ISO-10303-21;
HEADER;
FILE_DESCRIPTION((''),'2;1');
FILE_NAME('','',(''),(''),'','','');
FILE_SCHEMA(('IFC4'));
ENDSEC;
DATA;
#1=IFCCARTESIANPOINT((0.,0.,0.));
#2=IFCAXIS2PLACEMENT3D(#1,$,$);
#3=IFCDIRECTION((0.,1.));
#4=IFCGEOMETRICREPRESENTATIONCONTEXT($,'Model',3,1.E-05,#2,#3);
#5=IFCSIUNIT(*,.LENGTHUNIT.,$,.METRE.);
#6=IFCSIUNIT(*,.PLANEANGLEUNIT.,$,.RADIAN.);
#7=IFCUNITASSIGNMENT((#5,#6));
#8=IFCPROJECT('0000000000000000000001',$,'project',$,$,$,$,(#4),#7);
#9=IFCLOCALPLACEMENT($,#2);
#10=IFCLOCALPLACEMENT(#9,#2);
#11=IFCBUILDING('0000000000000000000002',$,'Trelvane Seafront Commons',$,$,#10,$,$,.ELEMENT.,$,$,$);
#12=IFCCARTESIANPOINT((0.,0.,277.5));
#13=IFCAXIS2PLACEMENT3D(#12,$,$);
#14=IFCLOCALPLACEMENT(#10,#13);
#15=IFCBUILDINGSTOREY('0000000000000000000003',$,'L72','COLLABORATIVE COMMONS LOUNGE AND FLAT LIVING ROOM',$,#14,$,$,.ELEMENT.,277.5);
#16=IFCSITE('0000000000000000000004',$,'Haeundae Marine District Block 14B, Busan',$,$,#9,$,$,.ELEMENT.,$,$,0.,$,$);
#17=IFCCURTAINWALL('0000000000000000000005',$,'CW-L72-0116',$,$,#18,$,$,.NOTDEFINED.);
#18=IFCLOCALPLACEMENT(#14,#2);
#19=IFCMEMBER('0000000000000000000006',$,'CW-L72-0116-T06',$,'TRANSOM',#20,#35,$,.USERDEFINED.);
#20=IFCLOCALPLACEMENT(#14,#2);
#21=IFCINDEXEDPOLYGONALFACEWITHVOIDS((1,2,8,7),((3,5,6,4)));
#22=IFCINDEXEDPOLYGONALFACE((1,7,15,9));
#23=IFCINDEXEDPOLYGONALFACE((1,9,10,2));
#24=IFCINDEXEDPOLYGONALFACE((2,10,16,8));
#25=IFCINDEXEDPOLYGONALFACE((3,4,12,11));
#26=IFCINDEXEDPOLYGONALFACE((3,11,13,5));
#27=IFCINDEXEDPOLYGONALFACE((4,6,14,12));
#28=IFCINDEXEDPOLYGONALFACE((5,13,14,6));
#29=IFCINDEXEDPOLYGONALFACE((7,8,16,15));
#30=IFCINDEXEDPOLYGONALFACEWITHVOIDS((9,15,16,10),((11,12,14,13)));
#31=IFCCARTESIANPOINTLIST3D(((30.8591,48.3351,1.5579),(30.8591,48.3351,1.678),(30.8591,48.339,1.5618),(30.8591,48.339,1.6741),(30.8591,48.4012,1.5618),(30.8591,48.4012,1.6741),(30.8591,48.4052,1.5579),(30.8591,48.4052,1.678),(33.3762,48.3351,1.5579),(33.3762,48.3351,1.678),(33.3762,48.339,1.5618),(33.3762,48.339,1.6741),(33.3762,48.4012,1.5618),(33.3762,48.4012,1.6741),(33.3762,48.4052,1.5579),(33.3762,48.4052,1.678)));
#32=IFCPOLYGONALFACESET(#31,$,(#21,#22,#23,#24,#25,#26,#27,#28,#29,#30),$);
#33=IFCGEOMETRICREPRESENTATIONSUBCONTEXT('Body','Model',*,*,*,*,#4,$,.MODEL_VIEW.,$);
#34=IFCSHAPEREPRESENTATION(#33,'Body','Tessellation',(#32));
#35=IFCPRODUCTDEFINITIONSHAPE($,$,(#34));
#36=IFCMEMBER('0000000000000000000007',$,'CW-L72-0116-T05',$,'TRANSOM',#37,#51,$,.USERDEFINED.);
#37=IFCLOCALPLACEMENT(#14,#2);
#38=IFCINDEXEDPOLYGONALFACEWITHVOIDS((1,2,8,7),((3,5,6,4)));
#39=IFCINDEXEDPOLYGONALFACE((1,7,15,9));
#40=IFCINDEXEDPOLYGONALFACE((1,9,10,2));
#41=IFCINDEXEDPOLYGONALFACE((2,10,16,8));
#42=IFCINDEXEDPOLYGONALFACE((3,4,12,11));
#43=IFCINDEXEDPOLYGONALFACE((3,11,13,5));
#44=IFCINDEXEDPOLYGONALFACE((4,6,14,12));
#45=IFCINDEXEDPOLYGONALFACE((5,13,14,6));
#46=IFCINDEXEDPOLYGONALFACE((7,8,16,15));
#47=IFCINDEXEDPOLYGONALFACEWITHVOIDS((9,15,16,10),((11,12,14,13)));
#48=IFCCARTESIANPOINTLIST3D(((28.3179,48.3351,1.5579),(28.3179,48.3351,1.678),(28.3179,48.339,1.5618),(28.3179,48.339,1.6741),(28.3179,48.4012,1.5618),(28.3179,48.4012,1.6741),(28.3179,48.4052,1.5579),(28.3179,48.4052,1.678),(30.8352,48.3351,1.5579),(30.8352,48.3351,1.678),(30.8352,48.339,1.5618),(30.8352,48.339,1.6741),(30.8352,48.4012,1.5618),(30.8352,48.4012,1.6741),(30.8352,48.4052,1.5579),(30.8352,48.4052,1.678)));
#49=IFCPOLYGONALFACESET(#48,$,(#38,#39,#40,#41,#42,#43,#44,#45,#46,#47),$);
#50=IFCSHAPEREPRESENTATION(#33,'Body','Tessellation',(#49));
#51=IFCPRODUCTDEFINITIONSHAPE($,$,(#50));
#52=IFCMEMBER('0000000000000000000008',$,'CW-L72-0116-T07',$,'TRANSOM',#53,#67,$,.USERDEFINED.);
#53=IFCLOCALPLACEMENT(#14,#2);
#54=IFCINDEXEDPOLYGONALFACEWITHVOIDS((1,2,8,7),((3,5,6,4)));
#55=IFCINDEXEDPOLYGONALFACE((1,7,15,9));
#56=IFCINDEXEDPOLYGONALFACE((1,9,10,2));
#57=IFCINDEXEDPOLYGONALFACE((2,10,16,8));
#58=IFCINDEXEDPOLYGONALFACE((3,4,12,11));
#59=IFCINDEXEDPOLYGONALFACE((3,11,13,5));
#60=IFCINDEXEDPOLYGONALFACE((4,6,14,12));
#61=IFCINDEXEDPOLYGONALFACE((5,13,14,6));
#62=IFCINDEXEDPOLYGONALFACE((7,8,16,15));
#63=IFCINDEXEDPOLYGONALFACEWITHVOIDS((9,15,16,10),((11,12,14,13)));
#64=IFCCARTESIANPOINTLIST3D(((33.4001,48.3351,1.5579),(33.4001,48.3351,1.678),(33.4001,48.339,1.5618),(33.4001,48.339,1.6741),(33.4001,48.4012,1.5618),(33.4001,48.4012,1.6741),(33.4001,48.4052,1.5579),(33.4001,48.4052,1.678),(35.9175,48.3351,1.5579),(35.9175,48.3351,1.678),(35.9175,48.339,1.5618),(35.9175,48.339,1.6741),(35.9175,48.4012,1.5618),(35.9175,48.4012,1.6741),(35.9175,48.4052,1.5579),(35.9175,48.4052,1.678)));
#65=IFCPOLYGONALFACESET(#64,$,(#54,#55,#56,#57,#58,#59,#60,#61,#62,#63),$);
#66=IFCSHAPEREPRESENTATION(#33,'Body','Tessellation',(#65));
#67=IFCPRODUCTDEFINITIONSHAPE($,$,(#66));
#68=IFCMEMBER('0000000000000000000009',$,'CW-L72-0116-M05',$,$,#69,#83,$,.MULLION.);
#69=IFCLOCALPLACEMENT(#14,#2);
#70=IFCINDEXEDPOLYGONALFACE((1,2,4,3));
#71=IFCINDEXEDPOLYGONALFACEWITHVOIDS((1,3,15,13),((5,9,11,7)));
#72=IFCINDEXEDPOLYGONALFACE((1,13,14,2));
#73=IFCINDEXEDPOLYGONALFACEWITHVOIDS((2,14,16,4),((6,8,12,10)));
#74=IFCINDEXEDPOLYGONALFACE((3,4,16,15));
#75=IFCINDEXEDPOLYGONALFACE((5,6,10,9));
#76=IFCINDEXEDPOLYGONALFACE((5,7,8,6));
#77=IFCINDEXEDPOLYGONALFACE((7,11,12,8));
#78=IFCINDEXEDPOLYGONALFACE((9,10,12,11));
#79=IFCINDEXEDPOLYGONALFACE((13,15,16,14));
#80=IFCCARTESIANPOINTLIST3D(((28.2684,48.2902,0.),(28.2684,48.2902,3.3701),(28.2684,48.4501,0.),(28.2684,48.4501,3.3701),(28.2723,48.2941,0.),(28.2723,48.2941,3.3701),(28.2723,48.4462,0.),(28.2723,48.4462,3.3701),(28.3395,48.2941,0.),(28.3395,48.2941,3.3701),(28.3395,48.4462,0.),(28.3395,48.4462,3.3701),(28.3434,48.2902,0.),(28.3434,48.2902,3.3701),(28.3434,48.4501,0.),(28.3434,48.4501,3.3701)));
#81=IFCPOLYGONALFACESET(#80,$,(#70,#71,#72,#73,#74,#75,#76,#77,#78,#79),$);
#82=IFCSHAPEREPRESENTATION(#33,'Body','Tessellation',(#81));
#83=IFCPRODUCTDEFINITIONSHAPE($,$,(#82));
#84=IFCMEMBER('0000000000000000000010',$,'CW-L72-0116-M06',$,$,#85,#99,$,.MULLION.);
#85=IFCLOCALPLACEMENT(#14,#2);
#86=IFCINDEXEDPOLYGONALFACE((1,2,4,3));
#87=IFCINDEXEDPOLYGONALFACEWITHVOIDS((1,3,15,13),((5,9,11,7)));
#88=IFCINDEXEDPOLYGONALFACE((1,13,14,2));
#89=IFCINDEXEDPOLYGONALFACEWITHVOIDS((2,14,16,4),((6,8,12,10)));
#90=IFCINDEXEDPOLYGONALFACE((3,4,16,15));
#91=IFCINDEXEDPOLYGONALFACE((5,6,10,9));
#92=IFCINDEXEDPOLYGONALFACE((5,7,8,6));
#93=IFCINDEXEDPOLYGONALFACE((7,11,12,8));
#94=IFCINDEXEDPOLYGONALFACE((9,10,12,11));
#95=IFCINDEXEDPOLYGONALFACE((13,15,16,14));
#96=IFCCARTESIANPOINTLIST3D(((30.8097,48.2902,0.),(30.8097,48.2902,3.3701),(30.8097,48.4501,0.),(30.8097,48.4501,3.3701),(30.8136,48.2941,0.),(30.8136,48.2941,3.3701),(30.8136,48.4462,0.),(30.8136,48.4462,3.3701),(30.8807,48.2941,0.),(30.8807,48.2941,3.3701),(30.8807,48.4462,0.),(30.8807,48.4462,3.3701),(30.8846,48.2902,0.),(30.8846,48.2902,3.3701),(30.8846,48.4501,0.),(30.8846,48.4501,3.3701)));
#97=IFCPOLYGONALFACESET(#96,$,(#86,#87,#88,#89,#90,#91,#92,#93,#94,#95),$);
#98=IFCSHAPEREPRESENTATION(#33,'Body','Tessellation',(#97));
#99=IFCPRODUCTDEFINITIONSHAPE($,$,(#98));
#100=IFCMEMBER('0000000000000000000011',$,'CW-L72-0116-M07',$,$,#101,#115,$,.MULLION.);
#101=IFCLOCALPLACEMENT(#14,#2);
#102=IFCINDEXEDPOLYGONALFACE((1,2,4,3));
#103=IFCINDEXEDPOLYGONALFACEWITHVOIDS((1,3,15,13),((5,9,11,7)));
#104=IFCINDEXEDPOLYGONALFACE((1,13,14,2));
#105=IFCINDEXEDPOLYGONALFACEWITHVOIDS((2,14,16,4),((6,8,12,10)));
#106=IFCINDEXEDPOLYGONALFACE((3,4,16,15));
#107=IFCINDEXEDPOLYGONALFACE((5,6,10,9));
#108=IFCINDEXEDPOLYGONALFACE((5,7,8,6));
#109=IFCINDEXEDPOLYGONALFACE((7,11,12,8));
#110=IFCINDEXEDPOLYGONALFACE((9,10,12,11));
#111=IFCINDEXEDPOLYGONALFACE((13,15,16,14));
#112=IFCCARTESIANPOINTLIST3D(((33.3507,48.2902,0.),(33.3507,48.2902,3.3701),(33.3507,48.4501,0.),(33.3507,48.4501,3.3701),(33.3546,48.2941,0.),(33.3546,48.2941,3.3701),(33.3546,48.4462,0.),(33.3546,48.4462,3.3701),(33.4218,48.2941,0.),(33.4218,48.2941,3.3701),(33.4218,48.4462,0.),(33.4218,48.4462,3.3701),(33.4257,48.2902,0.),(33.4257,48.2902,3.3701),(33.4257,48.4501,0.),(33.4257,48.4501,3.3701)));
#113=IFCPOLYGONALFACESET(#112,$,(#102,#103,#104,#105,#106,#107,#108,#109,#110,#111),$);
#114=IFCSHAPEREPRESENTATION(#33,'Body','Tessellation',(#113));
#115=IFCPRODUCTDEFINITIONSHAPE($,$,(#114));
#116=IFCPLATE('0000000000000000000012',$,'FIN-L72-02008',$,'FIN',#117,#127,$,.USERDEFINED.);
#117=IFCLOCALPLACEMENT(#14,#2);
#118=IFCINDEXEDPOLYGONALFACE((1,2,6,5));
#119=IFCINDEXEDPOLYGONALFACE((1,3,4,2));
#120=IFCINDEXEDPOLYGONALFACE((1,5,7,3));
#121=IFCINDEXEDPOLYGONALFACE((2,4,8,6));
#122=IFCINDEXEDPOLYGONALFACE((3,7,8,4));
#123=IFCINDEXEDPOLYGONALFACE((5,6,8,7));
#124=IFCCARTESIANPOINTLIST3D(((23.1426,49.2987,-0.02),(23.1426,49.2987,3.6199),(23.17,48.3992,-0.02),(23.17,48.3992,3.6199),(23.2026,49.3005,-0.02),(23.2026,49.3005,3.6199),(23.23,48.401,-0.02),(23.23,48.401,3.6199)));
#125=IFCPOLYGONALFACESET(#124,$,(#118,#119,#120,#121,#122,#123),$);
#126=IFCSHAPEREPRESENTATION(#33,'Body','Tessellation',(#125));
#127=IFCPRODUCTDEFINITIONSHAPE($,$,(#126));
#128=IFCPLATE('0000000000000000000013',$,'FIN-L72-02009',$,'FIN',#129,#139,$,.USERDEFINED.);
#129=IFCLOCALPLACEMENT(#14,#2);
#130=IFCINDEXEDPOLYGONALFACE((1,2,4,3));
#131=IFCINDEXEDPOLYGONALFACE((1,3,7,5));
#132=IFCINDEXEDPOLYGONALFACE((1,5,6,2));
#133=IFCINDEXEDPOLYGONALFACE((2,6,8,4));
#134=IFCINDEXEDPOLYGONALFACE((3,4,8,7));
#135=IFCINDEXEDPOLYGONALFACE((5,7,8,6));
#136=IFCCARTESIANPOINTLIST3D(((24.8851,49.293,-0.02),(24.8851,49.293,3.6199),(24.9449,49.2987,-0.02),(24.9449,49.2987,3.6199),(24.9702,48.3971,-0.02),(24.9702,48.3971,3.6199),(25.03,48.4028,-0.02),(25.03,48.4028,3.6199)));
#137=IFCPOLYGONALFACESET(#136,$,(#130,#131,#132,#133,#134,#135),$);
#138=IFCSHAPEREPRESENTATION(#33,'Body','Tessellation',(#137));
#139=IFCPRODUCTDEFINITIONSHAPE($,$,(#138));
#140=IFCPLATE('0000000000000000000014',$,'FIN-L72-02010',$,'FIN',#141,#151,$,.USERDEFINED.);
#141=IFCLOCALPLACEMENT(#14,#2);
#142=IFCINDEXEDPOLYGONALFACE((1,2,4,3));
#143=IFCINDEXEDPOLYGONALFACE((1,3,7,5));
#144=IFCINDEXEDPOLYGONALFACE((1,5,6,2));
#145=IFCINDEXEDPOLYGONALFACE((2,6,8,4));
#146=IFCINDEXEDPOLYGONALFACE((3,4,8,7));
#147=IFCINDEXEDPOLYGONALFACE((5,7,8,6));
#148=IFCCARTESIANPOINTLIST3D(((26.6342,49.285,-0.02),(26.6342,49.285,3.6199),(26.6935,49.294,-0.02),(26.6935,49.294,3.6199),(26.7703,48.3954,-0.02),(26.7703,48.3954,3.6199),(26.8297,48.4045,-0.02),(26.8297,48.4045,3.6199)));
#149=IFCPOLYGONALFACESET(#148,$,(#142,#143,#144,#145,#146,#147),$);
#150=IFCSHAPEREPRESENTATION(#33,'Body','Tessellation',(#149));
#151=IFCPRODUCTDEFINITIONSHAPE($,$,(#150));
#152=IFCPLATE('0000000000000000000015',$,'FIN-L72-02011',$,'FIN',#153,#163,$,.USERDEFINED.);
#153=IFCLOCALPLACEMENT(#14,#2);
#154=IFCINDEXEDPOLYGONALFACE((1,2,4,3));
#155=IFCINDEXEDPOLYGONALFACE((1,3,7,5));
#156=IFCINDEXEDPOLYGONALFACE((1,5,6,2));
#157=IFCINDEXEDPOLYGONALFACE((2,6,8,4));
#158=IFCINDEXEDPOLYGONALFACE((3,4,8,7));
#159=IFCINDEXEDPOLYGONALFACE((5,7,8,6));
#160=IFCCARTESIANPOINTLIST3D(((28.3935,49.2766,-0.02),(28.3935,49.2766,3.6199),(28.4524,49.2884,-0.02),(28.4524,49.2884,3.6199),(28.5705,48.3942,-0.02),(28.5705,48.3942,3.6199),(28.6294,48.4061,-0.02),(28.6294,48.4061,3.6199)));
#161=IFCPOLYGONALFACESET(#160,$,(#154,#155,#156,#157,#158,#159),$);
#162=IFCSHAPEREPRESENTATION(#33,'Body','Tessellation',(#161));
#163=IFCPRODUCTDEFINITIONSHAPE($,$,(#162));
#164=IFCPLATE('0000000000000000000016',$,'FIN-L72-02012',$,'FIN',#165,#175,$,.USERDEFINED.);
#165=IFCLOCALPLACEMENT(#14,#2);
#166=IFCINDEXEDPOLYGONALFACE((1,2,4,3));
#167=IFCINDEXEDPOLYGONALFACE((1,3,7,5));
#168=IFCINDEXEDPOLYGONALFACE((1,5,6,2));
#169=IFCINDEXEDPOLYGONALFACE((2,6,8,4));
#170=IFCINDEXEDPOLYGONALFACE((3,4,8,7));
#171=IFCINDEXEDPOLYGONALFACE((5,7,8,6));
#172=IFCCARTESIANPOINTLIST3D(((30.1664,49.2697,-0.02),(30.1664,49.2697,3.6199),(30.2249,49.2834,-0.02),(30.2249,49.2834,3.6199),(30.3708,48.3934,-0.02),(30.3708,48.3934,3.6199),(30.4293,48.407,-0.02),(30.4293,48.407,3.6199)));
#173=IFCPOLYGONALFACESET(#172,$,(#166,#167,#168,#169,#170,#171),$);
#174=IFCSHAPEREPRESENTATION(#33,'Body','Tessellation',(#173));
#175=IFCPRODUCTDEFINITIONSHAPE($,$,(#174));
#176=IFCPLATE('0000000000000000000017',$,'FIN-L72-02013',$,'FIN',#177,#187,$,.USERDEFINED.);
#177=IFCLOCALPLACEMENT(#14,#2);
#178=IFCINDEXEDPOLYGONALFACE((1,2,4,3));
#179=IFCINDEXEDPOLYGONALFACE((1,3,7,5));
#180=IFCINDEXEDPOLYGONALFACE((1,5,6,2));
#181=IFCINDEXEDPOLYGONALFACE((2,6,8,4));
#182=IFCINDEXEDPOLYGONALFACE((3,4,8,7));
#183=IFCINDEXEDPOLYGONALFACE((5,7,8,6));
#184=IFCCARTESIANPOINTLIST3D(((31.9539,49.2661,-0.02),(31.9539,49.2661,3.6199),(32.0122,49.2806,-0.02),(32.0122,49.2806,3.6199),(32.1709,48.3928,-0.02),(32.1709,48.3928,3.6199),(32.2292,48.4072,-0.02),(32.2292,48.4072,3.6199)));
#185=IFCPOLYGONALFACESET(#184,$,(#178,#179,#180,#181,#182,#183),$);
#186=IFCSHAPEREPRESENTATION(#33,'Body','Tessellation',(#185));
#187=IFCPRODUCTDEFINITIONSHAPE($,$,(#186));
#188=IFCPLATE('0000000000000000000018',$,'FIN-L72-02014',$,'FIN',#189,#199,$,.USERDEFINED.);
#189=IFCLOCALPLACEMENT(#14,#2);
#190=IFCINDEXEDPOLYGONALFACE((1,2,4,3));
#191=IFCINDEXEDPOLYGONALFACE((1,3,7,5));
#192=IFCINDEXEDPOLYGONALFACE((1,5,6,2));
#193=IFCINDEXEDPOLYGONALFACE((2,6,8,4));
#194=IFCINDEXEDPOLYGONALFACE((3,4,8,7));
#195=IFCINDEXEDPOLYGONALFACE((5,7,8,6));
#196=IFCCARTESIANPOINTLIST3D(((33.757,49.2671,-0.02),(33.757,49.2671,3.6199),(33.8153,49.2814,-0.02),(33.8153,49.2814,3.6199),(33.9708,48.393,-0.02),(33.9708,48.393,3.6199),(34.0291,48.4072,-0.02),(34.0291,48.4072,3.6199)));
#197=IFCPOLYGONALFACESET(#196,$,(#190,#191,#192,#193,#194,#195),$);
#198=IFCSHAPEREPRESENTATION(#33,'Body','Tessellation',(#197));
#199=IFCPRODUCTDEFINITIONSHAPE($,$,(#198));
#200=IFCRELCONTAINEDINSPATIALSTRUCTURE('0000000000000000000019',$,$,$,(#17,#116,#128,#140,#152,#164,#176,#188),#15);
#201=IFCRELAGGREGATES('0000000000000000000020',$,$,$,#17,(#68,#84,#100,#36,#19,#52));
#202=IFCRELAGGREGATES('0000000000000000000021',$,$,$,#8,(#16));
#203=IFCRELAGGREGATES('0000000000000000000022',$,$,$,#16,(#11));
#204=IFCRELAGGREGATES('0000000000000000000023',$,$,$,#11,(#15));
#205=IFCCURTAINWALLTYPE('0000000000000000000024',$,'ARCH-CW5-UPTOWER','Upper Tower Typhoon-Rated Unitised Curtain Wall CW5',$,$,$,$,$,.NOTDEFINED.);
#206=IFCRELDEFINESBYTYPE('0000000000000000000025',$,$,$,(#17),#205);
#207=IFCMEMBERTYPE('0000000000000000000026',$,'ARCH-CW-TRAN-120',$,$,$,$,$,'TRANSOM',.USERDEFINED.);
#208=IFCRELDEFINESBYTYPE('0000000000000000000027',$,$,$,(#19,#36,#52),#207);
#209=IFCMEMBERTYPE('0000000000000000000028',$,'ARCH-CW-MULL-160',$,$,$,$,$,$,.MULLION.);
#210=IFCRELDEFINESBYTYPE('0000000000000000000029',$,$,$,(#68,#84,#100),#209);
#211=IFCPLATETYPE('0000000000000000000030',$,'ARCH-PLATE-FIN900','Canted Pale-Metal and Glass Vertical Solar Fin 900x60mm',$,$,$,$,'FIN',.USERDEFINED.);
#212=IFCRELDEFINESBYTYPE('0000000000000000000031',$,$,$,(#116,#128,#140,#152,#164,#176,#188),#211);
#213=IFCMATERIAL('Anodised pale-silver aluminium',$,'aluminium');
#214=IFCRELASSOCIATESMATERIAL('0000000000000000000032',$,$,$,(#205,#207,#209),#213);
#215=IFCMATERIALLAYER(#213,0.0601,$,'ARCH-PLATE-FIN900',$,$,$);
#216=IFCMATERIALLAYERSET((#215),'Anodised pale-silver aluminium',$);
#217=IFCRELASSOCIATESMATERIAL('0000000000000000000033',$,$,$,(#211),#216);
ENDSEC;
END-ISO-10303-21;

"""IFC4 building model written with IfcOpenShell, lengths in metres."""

from ifc_helpers import new_model, si_unit, direction, frame, origin, origin_2d, place, context, subcontext, project, spatial, rectangle, hollow_rectangle, extrude, source, transform, mapped, material, layer, layer_set, material_profile, profile_set, type_object, element, aggregate, save


model = new_model("IFC4")

# Units and contexts
model_context = context("Model", 3, precision=1e-05, world=origin(), true_north=direction((0.0, 1.0)))
body_context = subcontext(model_context, "Body", "Model", "MODEL_VIEW")
ifc_project = project(units=[si_unit("LENGTHUNIT", "METRE"), si_unit("PLANEANGLEUNIT", "RADIAN")], contexts=[model_context])

# Site, building, storey
site_placement = place(None, origin())
site = spatial("IfcSite", under=ifc_project, at=site_placement, Name="Haeundae Marine District Block 14B, Busan", CompositionType="ELEMENT", RefElevation=0.0)
building_placement = place(site_placement, origin())
building = spatial("IfcBuilding", under=site, at=building_placement, Name="Trelvane Seafront Commons", CompositionType="ELEMENT")
storey_placement = place(building_placement, frame((0.0, 0.0, 277.5)))
storey = spatial("IfcBuildingStorey", under=building, at=storey_placement, Name="L72", Description="COLLABORATIVE COMMONS LOUNGE AND FLAT LIVING ROOM", CompositionType="ELEMENT", Elevation=277.5)

# Curtain wall, members
ifc_material_1 = material(Name="Anodised pale-silver aluminium", Category="aluminium")
curtain_wall_type = type_object("IfcCurtainWallType", Name="ARCH-CW5-UPTOWER", Description="Upper Tower Typhoon-Rated Unitised Curtain Wall CW5", PredefinedType="NOTDEFINED", material=ifc_material_1)
curtain_wall_placement = place(storey_placement, origin())
curtain_wall = element("IfcCurtainWall", 1, at=curtain_wall_placement, inside=storey, type_object=curtain_wall_type, Name="CW-L72-0116", PredefinedType="NOTDEFINED")
ifc_material_profile_1 = material_profile(ifc_material_1, hollow_rectangle(XDim=0.0701, YDim=0.1201, WallThickness=0.0039, at=origin_2d()), Name="TRAN-70x120x4")
ifc_profile_set_1 = profile_set([ifc_material_profile_1], Name="Anodised pale-silver aluminium")
member_type_1 = type_object("IfcMemberType", Name="ARCH-CW-TRAN-120", ElementType="TRANSOM", PredefinedType="USERDEFINED", material=ifc_profile_set_1)
shared_shape_1 = source(origin(), body_context, "Body", "SweptSolid", [
    extrude(hollow_rectangle(XDim=0.0701, YDim=0.1201, WallThickness=0.0039, at=origin_2d()), origin(), (0.0, 0.0, 1.0), 2.5171),
])
member_1_placement = place(storey_placement, frame((30.8591, 48.3701, 1.6179), z_axis=(1.0, 0.0, 0.0), x_axis=(0.0, 1.0, 0.0)))
member_1 = element("IfcMember", 2, at=member_1_placement, type_object=member_type_1, Name="CW-L72-0116-T06", ObjectType="TRANSOM", PredefinedType="USERDEFINED", context=body_context, shape_type="MappedRepresentation", body=[
    mapped(shared_shape_1, transform((0.0, 0.0, 0.0), x_axis=(1.0, 0.0, 0.0), y_axis=(0.0, 1.0, 0.0), z_axis=(0.0, 0.0, 1.0), scale=1.0)),
])
shared_shape_2 = source(origin(), body_context, "Body", "SweptSolid", [
    extrude(hollow_rectangle(XDim=0.0701, YDim=0.1201, WallThickness=0.0039, at=origin_2d()), origin(), (0.0, 0.0, 1.0), 2.5173),
])
member_2_placement = place(storey_placement, frame((28.3179, 48.3701, 1.6179), z_axis=(1.0, 0.0, 0.0), x_axis=(0.0, 1.0, 0.0)))
member_2 = element("IfcMember", 3, at=member_2_placement, type_object=member_type_1, Name="CW-L72-0116-T05", ObjectType="TRANSOM", PredefinedType="USERDEFINED", context=body_context, shape_type="MappedRepresentation", body=[
    mapped(shared_shape_2, transform((0.0, 0.0, 0.0), x_axis=(1.0, 0.0, 0.0), y_axis=(0.0, 1.0, 0.0), z_axis=(0.0, 0.0, 1.0), scale=1.0)),
])
member_3_placement = place(storey_placement, frame((33.4001, 48.3701, 1.6179), z_axis=(1.0, 0.0, 0.0), x_axis=(0.0, 1.0, 0.0)))
member_3 = element("IfcMember", 4, at=member_3_placement, type_object=member_type_1, Name="CW-L72-0116-T07", ObjectType="TRANSOM", PredefinedType="USERDEFINED", context=body_context, shape_type="MappedRepresentation", body=[
    mapped(shared_shape_2, transform((0.0, 0.0, 0.0), x_axis=(1.0, 0.0, 0.0), y_axis=(0.0, 1.0, 0.0), z_axis=(0.0, 0.0, 1.0), scale=1.0)),
])
ifc_material_profile_2 = material_profile(ifc_material_1, hollow_rectangle(XDim=0.075, YDim=0.1599, WallThickness=0.0039, at=origin_2d()), Name="MULL-75x160x4")
ifc_profile_set_2 = profile_set([ifc_material_profile_2], Name="Anodised pale-silver aluminium")
member_type_2 = type_object("IfcMemberType", Name="ARCH-CW-MULL-160", PredefinedType="MULLION", material=ifc_profile_set_2)
shared_shape_3 = source(origin(), body_context, "Body", "SweptSolid", [
    extrude(hollow_rectangle(XDim=0.075, YDim=0.1599, WallThickness=0.0039, at=origin_2d()), origin(), (0.0, 0.0, 1.0), 3.3701),
])
member_4_placement = place(storey_placement, frame((28.3059, 48.3701, 0.0), z_axis=(0.0, 0.0, 1.0), x_axis=(1.0, 0.0, 0.0)))
member_4 = element("IfcMember", 5, at=member_4_placement, type_object=member_type_2, Name="CW-L72-0116-M05", PredefinedType="MULLION", context=body_context, shape_type="MappedRepresentation", body=[
    mapped(shared_shape_3, transform((0.0, 0.0, 0.0), x_axis=(1.0, 0.0, 0.0), y_axis=(0.0, 1.0, 0.0), z_axis=(0.0, 0.0, 1.0), scale=1.0)),
])
member_5_placement = place(storey_placement, frame((30.8472, 48.3701, 0.0), z_axis=(0.0, 0.0, 1.0), x_axis=(1.0, 0.0, 0.0)))
member_5 = element("IfcMember", 6, at=member_5_placement, type_object=member_type_2, Name="CW-L72-0116-M06", PredefinedType="MULLION", context=body_context, shape_type="MappedRepresentation", body=[
    mapped(shared_shape_3, transform((0.0, 0.0, 0.0), x_axis=(1.0, 0.0, 0.0), y_axis=(0.0, 1.0, 0.0), z_axis=(0.0, 0.0, 1.0), scale=1.0)),
])
member_6_placement = place(storey_placement, frame((33.3882, 48.3701, 0.0), z_axis=(0.0, 0.0, 1.0), x_axis=(1.0, 0.0, 0.0)))
member_6 = element("IfcMember", 7, at=member_6_placement, type_object=member_type_2, Name="CW-L72-0116-M07", PredefinedType="MULLION", context=body_context, shape_type="MappedRepresentation", body=[
    mapped(shared_shape_3, transform((0.0, 0.0, 0.0), x_axis=(1.0, 0.0, 0.0), y_axis=(0.0, 1.0, 0.0), z_axis=(0.0, 0.0, 1.0), scale=1.0)),
])

# Plates
ifc_layer_1 = layer(ifc_material_1, 0.0601, Name="ARCH-PLATE-FIN900")
ifc_layer_set_1 = layer_set([ifc_layer_1], Name="Anodised pale-silver aluminium")
plate_type_1 = type_object("IfcPlateType", Name="ARCH-PLATE-FIN900", Description="Canted Pale-Metal and Glass Vertical Solar Fin 900x60mm", ElementType="FIN", PredefinedType="USERDEFINED", material=ifc_layer_set_1)
shared_shape_4 = source(origin(), body_context, "Body", "SweptSolid", [
    extrude(rectangle(XDim=0.8999, YDim=0.0601, at=origin_2d()), origin(), (0.0, 0.0, 1.0), 3.6399),
])
for number, where, z_axis, x_axis, name in (
    (8, (23.1863, 48.8499, -0.02), (0.0, 0.0, 1.0), (-0.030444, 0.999536, 0.0), "FIN-L72-02008"),
    (9, (24.9575, 48.8479, -0.02), (0.0, 0.0, 1.0), (-0.094551, 0.99552, 0.0), "FIN-L72-02009"),
    (10, (26.7319, 48.8447, -0.02), (0.0, 0.0, 1.0), (-0.151338, 0.988482, 0.0), "FIN-L72-02010"),
    (11, (28.5115, 48.8413, -0.02), (0.0, 0.0, 1.0), (-0.196672, 0.980469, 0.0), "FIN-L72-02011"),
    (12, (30.2979, 48.8384, -0.02), (0.0, 0.0, 1.0), (-0.227212, 0.973845, 0.0), "FIN-L72-02012"),
    (13, (32.0916, 48.8367, -0.02), (0.0, 0.0, 1.0), (-0.241124, 0.970494, 0.0), "FIN-L72-02013"),
    (14, (33.8931, 48.8372, -0.02), (0.0, 0.0, 1.0), (-0.237566, 0.971372, 0.0), "FIN-L72-02014"),
):
    element("IfcPlate", number, at=place(storey_placement, frame(where, z_axis=z_axis, x_axis=x_axis)), inside=storey, type_object=plate_type_1, Name=name, ObjectType="FIN", PredefinedType="USERDEFINED", context=body_context, shape_type="MappedRepresentation", body=[
        mapped(shared_shape_4, transform((0.0, 0.0, 0.0), x_axis=(1.0, 0.0, 0.0), y_axis=(0.0, 1.0, 0.0), z_axis=(0.0, 0.0, 1.0), scale=1.0)),
    ])

aggregate(curtain_wall, [member_4, member_5, member_6, member_2, member_1, member_3])

save(model, "model.ifc")
